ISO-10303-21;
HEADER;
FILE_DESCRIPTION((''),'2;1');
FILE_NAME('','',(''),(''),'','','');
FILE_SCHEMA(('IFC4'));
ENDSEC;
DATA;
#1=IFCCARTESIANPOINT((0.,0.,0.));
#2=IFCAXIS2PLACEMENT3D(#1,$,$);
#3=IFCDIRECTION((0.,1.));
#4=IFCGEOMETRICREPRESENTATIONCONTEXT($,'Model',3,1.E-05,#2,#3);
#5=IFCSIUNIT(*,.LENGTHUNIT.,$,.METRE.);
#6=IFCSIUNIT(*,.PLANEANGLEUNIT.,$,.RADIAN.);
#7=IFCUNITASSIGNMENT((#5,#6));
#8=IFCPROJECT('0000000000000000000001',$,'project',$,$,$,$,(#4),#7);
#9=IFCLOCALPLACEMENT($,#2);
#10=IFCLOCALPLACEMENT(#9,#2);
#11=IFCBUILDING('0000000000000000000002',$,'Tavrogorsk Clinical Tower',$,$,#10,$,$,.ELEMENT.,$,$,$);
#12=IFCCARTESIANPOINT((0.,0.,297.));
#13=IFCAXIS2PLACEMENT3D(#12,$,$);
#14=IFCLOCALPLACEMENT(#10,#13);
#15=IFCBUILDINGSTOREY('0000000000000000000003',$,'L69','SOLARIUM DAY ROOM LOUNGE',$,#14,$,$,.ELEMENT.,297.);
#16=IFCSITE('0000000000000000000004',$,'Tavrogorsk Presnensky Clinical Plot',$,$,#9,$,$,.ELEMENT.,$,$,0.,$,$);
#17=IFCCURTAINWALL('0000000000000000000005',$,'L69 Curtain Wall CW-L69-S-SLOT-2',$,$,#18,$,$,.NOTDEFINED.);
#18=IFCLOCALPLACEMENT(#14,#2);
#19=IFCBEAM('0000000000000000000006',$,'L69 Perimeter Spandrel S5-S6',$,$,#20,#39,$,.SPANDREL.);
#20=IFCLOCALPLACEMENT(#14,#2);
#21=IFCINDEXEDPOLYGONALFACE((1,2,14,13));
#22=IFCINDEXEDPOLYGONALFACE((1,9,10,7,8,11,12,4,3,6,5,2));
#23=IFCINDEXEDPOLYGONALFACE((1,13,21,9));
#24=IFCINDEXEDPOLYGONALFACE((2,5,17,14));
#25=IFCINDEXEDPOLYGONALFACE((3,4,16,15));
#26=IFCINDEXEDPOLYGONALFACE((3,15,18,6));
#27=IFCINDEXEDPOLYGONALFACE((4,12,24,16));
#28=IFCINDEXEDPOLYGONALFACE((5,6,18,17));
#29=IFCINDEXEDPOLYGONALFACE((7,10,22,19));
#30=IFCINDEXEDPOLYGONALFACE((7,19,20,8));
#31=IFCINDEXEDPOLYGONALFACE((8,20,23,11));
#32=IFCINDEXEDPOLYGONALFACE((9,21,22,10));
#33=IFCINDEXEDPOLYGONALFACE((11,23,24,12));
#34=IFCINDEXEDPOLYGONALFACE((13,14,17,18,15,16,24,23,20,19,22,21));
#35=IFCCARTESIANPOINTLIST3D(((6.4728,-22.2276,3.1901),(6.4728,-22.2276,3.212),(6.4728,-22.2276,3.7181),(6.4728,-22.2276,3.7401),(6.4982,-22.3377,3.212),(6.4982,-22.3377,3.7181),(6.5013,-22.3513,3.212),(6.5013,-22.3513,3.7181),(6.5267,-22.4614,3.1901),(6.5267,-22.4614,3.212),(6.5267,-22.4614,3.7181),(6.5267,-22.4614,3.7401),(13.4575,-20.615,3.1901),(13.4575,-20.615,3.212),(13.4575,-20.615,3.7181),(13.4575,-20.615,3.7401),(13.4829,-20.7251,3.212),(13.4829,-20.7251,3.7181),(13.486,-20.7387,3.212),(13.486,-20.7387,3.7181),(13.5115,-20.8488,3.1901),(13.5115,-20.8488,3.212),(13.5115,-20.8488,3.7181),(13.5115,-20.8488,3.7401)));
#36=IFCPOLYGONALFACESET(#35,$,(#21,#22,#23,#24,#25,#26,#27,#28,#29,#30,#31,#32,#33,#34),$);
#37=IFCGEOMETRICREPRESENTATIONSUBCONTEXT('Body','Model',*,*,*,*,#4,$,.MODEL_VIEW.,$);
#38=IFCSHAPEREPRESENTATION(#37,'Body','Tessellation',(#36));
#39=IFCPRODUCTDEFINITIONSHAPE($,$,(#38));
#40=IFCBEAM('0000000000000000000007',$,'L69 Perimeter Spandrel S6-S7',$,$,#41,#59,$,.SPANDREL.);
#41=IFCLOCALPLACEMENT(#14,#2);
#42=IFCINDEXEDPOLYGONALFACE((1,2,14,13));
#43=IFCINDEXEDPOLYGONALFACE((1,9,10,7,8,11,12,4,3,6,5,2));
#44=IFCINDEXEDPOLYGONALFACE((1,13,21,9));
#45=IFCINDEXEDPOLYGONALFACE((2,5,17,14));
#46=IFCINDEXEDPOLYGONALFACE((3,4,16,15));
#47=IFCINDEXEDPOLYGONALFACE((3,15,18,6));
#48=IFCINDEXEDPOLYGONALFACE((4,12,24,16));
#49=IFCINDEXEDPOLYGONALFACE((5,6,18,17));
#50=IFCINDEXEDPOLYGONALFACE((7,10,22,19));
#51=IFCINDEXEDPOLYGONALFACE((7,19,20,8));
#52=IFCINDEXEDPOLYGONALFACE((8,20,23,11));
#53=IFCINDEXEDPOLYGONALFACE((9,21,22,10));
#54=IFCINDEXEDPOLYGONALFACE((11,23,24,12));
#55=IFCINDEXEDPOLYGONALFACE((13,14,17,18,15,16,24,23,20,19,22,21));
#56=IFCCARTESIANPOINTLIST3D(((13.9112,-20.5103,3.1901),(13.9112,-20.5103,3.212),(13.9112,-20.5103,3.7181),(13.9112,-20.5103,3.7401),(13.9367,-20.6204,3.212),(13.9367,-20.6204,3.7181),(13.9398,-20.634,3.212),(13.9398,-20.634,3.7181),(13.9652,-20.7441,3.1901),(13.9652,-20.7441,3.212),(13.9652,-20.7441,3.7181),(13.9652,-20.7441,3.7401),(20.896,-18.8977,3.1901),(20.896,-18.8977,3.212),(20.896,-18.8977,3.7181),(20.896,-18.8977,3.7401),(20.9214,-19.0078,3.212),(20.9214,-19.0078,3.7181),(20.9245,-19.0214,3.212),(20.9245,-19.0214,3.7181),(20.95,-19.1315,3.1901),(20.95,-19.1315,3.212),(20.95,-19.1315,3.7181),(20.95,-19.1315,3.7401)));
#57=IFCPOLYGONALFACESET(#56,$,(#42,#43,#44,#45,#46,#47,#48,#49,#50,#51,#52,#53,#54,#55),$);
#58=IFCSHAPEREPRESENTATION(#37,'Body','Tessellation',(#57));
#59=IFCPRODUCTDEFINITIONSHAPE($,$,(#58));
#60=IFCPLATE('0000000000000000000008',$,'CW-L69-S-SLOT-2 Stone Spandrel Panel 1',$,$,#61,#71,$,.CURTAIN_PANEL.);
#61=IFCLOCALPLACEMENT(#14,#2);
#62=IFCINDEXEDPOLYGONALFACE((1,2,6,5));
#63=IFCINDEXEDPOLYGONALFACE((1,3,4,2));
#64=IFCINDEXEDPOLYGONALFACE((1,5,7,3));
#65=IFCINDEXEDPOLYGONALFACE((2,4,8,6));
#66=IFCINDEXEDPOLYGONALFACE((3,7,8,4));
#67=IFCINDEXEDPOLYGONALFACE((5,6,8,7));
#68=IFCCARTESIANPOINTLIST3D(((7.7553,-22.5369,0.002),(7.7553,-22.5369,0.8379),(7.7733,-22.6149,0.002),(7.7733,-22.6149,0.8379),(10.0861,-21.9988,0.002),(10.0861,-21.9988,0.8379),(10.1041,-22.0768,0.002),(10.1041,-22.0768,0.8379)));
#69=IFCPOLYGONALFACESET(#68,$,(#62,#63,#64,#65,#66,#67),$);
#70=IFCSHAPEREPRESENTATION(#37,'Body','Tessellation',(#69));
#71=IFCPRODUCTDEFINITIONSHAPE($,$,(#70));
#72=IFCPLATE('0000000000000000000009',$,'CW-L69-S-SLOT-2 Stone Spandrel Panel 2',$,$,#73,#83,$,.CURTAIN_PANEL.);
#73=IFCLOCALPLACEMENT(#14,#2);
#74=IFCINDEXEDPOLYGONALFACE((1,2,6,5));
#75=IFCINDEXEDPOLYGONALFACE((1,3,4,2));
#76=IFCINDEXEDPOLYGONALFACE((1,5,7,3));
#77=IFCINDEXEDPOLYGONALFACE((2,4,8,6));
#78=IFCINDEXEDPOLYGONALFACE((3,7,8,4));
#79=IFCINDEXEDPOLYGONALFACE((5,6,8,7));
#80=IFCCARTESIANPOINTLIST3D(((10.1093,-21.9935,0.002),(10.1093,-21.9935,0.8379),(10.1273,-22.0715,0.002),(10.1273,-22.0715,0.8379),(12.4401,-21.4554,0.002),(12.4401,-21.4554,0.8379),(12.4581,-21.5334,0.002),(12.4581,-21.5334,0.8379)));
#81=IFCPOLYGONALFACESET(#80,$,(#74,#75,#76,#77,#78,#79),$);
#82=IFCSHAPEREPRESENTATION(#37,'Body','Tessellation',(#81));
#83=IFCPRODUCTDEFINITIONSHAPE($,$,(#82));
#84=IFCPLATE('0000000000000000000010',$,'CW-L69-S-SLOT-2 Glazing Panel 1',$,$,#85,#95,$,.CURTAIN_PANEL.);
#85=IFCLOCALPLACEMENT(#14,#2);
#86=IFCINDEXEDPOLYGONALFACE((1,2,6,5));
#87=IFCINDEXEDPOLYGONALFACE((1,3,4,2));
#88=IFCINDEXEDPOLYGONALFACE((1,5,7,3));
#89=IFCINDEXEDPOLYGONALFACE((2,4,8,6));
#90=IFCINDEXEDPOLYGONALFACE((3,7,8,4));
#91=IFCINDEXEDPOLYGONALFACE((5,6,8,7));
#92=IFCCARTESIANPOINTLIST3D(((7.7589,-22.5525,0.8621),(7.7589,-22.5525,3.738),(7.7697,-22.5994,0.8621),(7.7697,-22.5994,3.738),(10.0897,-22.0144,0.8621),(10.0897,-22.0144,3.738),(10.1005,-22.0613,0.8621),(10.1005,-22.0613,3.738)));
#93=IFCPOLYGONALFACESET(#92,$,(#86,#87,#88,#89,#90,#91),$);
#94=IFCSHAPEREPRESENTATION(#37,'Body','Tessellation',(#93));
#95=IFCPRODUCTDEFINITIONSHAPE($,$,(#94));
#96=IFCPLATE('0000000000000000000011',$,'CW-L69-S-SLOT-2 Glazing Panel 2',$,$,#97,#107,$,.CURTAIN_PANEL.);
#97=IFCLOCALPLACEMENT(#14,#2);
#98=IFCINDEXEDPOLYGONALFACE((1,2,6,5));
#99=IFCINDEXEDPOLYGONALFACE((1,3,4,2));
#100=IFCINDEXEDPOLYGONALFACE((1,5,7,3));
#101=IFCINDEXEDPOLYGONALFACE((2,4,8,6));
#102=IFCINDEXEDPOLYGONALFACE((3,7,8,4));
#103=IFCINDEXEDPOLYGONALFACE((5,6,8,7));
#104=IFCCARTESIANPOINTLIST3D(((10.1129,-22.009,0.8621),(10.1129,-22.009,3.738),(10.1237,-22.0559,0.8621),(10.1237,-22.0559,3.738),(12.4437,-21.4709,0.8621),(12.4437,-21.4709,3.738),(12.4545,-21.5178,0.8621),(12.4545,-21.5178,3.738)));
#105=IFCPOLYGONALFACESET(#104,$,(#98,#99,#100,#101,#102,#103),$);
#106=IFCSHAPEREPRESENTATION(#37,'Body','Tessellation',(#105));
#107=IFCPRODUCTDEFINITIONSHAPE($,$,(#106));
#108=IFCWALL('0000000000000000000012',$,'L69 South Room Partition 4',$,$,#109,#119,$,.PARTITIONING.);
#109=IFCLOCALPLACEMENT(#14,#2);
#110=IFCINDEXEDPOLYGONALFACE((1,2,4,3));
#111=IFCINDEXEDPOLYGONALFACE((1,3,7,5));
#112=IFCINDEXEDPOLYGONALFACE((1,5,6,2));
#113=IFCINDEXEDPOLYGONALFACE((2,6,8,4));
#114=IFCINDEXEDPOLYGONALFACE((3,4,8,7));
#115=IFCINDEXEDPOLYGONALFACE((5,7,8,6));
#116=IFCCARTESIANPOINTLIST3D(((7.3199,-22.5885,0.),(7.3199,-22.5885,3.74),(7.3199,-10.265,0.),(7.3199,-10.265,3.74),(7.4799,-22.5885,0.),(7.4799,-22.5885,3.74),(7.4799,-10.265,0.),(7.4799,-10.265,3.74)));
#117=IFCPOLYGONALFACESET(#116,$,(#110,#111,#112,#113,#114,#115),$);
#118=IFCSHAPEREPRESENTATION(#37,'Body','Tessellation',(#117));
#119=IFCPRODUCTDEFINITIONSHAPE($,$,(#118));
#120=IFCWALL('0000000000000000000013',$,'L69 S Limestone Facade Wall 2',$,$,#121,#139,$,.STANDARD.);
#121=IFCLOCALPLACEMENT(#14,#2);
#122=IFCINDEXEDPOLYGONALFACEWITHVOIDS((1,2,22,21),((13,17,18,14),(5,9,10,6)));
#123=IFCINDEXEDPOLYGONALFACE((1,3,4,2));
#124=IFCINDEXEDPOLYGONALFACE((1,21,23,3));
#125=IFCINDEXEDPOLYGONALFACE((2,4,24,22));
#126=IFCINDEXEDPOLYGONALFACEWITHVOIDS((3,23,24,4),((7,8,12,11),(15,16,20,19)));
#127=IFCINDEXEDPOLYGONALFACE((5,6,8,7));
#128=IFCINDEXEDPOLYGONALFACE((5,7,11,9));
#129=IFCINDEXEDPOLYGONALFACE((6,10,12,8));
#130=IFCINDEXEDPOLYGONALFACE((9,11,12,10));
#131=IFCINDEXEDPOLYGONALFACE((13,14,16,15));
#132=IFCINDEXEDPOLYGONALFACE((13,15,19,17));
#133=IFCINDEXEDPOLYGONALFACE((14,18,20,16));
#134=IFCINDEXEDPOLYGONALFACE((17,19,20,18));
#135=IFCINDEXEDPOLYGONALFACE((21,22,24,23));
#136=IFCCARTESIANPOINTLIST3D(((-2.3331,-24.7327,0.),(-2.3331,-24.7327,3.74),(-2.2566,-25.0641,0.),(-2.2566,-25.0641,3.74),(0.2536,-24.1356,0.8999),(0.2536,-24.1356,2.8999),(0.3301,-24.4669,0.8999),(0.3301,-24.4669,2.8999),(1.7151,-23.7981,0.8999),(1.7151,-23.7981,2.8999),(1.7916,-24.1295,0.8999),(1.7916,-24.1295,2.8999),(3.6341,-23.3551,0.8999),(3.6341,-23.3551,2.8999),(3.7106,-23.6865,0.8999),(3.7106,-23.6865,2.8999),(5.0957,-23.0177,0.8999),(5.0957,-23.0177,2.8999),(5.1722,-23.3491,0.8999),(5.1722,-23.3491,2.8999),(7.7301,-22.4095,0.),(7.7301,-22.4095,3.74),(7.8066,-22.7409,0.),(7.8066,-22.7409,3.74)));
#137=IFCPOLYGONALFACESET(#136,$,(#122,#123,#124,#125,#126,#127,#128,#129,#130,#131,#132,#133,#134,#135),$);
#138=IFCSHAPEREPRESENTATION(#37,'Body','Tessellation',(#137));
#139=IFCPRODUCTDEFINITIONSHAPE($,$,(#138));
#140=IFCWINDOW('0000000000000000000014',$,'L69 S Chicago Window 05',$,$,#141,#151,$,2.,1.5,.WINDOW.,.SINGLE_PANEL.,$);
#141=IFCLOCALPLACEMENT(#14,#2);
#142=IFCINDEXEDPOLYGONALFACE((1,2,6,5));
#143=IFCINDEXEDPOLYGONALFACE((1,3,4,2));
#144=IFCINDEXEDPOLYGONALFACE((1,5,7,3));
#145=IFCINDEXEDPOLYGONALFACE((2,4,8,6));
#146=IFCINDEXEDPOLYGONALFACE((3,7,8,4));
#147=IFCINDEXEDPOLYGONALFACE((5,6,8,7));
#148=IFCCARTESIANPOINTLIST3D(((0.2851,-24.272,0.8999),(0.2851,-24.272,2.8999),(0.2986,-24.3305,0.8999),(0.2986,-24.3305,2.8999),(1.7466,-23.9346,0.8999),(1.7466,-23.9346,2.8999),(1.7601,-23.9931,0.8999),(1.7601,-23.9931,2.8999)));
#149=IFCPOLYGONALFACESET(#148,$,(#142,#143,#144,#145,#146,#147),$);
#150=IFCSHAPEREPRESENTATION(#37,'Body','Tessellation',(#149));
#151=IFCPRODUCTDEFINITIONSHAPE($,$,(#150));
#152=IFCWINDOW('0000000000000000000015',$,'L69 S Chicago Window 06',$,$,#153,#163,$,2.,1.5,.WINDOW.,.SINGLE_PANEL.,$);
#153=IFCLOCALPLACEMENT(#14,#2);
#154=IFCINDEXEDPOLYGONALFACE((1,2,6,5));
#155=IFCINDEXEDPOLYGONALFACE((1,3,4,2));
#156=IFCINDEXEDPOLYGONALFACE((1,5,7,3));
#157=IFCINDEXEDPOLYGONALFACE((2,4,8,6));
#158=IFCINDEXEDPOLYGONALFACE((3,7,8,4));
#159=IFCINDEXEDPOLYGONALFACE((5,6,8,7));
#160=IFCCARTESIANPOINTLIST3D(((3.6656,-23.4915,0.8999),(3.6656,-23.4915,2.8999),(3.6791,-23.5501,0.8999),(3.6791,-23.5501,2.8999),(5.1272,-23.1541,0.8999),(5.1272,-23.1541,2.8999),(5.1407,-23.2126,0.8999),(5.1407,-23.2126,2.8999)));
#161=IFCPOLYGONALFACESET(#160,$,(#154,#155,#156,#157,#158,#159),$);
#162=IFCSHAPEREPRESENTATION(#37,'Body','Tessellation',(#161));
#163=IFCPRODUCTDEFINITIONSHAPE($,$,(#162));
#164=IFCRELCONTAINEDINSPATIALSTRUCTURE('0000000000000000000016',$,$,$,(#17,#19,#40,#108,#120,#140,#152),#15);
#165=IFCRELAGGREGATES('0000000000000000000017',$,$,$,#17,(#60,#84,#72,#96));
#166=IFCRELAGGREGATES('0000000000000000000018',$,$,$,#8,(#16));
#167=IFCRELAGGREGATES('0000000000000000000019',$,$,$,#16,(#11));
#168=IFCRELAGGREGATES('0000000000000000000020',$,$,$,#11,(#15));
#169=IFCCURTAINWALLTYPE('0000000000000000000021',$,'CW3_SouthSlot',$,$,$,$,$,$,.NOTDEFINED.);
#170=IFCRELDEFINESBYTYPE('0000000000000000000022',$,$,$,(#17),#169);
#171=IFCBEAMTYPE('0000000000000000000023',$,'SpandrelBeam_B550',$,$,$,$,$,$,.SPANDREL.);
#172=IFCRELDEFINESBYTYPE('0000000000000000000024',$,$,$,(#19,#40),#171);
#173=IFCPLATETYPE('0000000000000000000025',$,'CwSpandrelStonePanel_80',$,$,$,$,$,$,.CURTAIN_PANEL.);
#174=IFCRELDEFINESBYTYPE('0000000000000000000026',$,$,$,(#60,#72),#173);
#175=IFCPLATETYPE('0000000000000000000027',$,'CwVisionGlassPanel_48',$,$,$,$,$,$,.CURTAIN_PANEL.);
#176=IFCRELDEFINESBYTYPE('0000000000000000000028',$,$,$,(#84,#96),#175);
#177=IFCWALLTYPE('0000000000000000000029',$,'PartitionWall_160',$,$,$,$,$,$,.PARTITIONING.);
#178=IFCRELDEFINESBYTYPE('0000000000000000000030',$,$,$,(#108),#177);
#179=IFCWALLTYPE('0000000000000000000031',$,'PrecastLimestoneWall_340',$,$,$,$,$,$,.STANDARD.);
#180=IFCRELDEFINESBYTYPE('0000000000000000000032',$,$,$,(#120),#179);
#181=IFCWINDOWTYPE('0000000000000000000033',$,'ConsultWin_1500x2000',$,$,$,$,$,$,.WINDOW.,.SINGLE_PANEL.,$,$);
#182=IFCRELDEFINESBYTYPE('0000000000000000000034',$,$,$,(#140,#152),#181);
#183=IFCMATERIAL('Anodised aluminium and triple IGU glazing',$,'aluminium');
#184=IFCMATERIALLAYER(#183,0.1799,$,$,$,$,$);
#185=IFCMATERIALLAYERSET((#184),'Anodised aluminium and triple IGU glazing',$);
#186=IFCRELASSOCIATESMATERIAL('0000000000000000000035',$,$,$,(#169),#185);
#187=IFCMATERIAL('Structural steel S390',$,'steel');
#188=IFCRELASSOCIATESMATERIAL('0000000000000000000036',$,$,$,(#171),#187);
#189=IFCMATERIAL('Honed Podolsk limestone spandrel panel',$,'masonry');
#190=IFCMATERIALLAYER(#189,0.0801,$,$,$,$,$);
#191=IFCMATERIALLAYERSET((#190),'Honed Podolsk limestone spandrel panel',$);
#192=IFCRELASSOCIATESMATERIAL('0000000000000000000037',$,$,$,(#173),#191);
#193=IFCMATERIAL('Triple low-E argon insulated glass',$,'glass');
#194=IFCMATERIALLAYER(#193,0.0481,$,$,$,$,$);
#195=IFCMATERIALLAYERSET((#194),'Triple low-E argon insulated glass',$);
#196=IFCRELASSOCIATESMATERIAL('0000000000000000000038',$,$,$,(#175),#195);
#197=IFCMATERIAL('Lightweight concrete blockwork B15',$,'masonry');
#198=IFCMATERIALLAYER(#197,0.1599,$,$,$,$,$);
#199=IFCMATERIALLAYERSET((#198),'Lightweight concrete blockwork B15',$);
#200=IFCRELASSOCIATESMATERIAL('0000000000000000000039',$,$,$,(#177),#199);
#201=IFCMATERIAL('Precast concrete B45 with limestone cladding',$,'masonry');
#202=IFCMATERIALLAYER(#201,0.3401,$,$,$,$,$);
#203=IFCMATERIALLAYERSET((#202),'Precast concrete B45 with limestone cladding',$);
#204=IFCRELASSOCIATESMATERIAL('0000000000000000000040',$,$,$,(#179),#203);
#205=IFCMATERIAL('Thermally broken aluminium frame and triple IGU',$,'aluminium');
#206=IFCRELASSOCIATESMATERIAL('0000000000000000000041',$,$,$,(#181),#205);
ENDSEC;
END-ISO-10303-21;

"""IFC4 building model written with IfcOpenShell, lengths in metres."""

from ifc_helpers import new_model, si_unit, direction, frame, frame_2d, origin, origin_2d, place, context, subcontext, project, spatial, rectangle, i_section, extrude, material, layer, layer_set, material_profile, profile_set, type_object, element, fill, aggregate, save


model = new_model("IFC4")

# Units and contexts
model_context = context("Model", 3, precision=1e-05, world=origin(), true_north=direction((0.0, 1.0)))
body_context = subcontext(model_context, "Body", "Model", "MODEL_VIEW")
ifc_project = project(units=[si_unit("LENGTHUNIT", "METRE"), si_unit("PLANEANGLEUNIT", "RADIAN")], contexts=[model_context])

# Site, building, storey
site_placement = place(None, origin())
site = spatial("IfcSite", under=ifc_project, at=site_placement, Name="Tavrogorsk Presnensky Clinical Plot", CompositionType="ELEMENT", RefElevation=0.0)
building_placement = place(site_placement, origin())
building = spatial("IfcBuilding", under=site, at=building_placement, Name="Tavrogorsk Clinical Tower", CompositionType="ELEMENT")
storey_placement = place(building_placement, frame((0.0, 0.0, 297.0)))
storey = spatial("IfcBuildingStorey", under=building, at=storey_placement, Name="L69", Description="SOLARIUM DAY ROOM LOUNGE", CompositionType="ELEMENT", Elevation=297.0)

# Curtain wall
ifc_material_1 = material(Name="Anodised aluminium and triple IGU glazing", Category="aluminium")
ifc_layer_1 = layer(ifc_material_1, 0.1799)
ifc_layer_set_1 = layer_set([ifc_layer_1], Name="Anodised aluminium and triple IGU glazing")
curtain_wall_type = type_object("IfcCurtainWallType", Name="CW3_SouthSlot", PredefinedType="NOTDEFINED", material=ifc_layer_set_1)
curtain_wall_placement = place(storey_placement, origin())
curtain_wall = element("IfcCurtainWall", 1, at=curtain_wall_placement, inside=storey, type_object=curtain_wall_type, Name="L69 Curtain Wall CW-L69-S-SLOT-2", PredefinedType="NOTDEFINED")

# Beams
ifc_material_2 = material(Name="Structural steel S390", Category="steel")
ifc_material_profile_1 = material_profile(ifc_material_2, i_section(OverallWidth=0.24, OverallDepth=0.55, WebThickness=0.0139, FlangeThickness=0.022, at=origin_2d()), Name="B-550x240x14x22")
ifc_profile_set_1 = profile_set([ifc_material_profile_1], Name="Structural steel S390")
beam_type = type_object("IfcBeamType", Name="SpandrelBeam_B550", PredefinedType="SPANDREL", material=ifc_profile_set_1)
for number, where, z_axis, x_axis, name in (
    (2, (6.4998, -22.3445, 3.4651), (0.974369, 0.224954, 0.0), (-0.224954, 0.974369, 0.0), "L69 Perimeter Spandrel S5-S6"),
    (3, (13.9382, -20.6272, 3.4651), (0.974369, 0.224954, 0.0), (-0.224954, 0.974369, 0.0), "L69 Perimeter Spandrel S6-S7"),
):
    element("IfcBeam", number, at=place(storey_placement, frame(where, z_axis=z_axis, x_axis=x_axis)), inside=storey, type_object=beam_type, Name=name, PredefinedType="SPANDREL", context=body_context, shape_type="SweptSolid", body=[
        extrude(i_section(OverallWidth=0.24, OverallDepth=0.55, WebThickness=0.0139, FlangeThickness=0.022, at=origin_2d()), origin(), (0.0, 0.0, 1.0), 7.1685),
    ])

# Plates
ifc_material_3 = material(Name="Honed Podolsk limestone spandrel panel", Category="masonry")
ifc_layer_2 = layer(ifc_material_3, 0.0801)
ifc_layer_set_2 = layer_set([ifc_layer_2], Name="Honed Podolsk limestone spandrel panel")
plate_type_1 = type_object("IfcPlateType", Name="CwSpandrelStonePanel_80", PredefinedType="CURTAIN_PANEL", material=ifc_layer_set_2)
plate_1_placement = place(storey_placement, frame((8.9297, -22.3069, 0.002), z_axis=(0.0, 0.0, 1.0), x_axis=(0.97437, 0.224951, 0.0)))
plate_1 = element("IfcPlate", 4, at=plate_1_placement, type_object=plate_type_1, Name="CW-L69-S-SLOT-2 Stone Spandrel Panel 1", PredefinedType="CURTAIN_PANEL", context=body_context, shape_type="SweptSolid", body=[
    extrude(rectangle(XDim=2.3921, YDim=0.0801, at=origin_2d()), origin(), (0.0, 0.0, 1.0), 0.8359),
])
plate_2_placement = place(storey_placement, frame((11.2837, -21.7634, 0.002), z_axis=(0.0, 0.0, 1.0), x_axis=(0.97437, 0.224951, 0.0)))
plate_2 = element("IfcPlate", 5, at=plate_2_placement, type_object=plate_type_1, Name="CW-L69-S-SLOT-2 Stone Spandrel Panel 2", PredefinedType="CURTAIN_PANEL", context=body_context, shape_type="SweptSolid", body=[
    extrude(rectangle(XDim=2.3921, YDim=0.0801, at=origin_2d()), origin(), (0.0, 0.0, 1.0), 0.8359),
])
ifc_material_4 = material(Name="Triple low-E argon insulated glass", Category="glass")
ifc_layer_3 = layer(ifc_material_4, 0.0481)
ifc_layer_set_3 = layer_set([ifc_layer_3], Name="Triple low-E argon insulated glass")
plate_type_2 = type_object("IfcPlateType", Name="CwVisionGlassPanel_48", PredefinedType="CURTAIN_PANEL", material=ifc_layer_set_3)
plate_3_placement = place(storey_placement, frame((8.9297, -22.3069, 0.8621), z_axis=(0.0, 0.0, 1.0), x_axis=(0.97437, 0.224951, 0.0)))
plate_3 = element("IfcPlate", 6, at=plate_3_placement, type_object=plate_type_2, Name="CW-L69-S-SLOT-2 Glazing Panel 1", PredefinedType="CURTAIN_PANEL", context=body_context, shape_type="SweptSolid", body=[
    extrude(rectangle(XDim=2.3921, YDim=0.0481, at=origin_2d()), origin(), (0.0, 0.0, 1.0), 2.876),
])
plate_4_placement = place(storey_placement, frame((11.2837, -21.7634, 0.8621), z_axis=(0.0, 0.0, 1.0), x_axis=(0.97437, 0.224951, 0.0)))
plate_4 = element("IfcPlate", 7, at=plate_4_placement, type_object=plate_type_2, Name="CW-L69-S-SLOT-2 Glazing Panel 2", PredefinedType="CURTAIN_PANEL", context=body_context, shape_type="SweptSolid", body=[
    extrude(rectangle(XDim=2.3921, YDim=0.0481, at=origin_2d()), origin(), (0.0, 0.0, 1.0), 2.876),
])
aggregate(curtain_wall, [plate_1, plate_3, plate_2, plate_4])

# Wall
ifc_material_5 = material(Name="Lightweight concrete blockwork B15", Category="masonry")
ifc_layer_4 = layer(ifc_material_5, 0.1599)
ifc_layer_set_4 = layer_set([ifc_layer_4], Name="Lightweight concrete blockwork B15")
wall_type_1 = type_object("IfcWallType", Name="PartitionWall_160", PredefinedType="PARTITIONING", material=ifc_layer_set_4)
wall_1_placement = place(storey_placement, frame((7.3999, -22.5884, 0.0), z_axis=(0.0, 0.0, 1.0), x_axis=(0.0, 1.0, 0.0)))
element("IfcWall", 8, at=wall_1_placement, inside=storey, type_object=wall_type_1, Name="L69 South Room Partition 4", PredefinedType="PARTITIONING", context=body_context, shape_type="SweptSolid", body=[
    extrude(rectangle(XDim=12.3235, YDim=0.1599, at=frame_2d((6.1616, 0.0))), origin(), (0.0, 0.0, 1.0), 3.74),
])

# Wall, openings, windows
ifc_material_6 = material(Name="Precast concrete B45 with limestone cladding", Category="masonry")
ifc_layer_5 = layer(ifc_material_6, 0.3401)
ifc_layer_set_5 = layer_set([ifc_layer_5], Name="Precast concrete B45 with limestone cladding")
wall_type_2 = type_object("IfcWallType", Name="PrecastLimestoneWall_340", PredefinedType="STANDARD", material=ifc_layer_set_5)
wall_2_placement = place(storey_placement, frame((-2.2949, -24.8984, 0.0), z_axis=(0.0, 0.0, 1.0), x_axis=(0.974371, 0.224948, 0.0)))
wall_2 = element("IfcWall", 9, at=wall_2_placement, inside=storey, type_object=wall_type_2, Name="L69 S Limestone Facade Wall 2", PredefinedType="STANDARD", context=body_context, shape_type="SweptSolid", body=[
    extrude(rectangle(XDim=10.3279, YDim=0.3401, at=frame_2d((5.1641, 0.0))), origin(), (0.0, 0.0, 1.0), 3.74),
])
opening_1_placement = place(wall_2_placement, frame((2.6548, 0.0, 0.8999)))
opening_1 = element("IfcOpeningElement", 10, at=opening_1_placement, cuts=wall_2, PredefinedType="OPENING", context=body_context, shape_type="SweptSolid", body=[
    extrude(rectangle(XDim=1.5, YDim=2.0, at=frame_2d((0.75, 1.0))), frame((0.0, 0.1799, 0.0), z_axis=(0.0, -1.0, 0.0), x_axis=(1.0, 0.0, 0.0)), (0.0, 0.0, 1.0), 0.3601),
])
opening_2_placement = place(wall_2_placement, frame((6.1243, 0.0, 0.8999)))
opening_2 = element("IfcOpeningElement", 11, at=opening_2_placement, cuts=wall_2, PredefinedType="OPENING", context=body_context, shape_type="SweptSolid", body=[
    extrude(rectangle(XDim=1.5, YDim=2.0, at=frame_2d((0.75, 1.0))), frame((0.0, 0.1799, 0.0), z_axis=(0.0, -1.0, 0.0), x_axis=(1.0, 0.0, 0.0)), (0.0, 0.0, 1.0), 0.3601),
])
ifc_material_7 = material(Name="Thermally broken aluminium frame and triple IGU", Category="aluminium")
window_type_1 = type_object("IfcWindowType", Name="ConsultWin_1500x2000", PartitioningType="SINGLE_PANEL", PredefinedType="WINDOW", material=ifc_material_7)
window_1_placement = place(opening_1_placement, origin())
window_1 = element("IfcWindow", 12, at=window_1_placement, inside=storey, type_object=window_type_1, Name="L69 S Chicago Window 05", OverallHeight=2.0, OverallWidth=1.5, PartitioningType="SINGLE_PANEL", PredefinedType="WINDOW", context=body_context, shape_type="SweptSolid", body=[
    extrude(rectangle(XDim=1.5, YDim=2.0, at=frame_2d((0.75, 1.0))), frame((0.0, 0.03, 0.0), z_axis=(0.0, -1.0, 0.0), x_axis=(1.0, 0.0, 0.0)), (0.0, 0.0, 1.0), 0.0601),
])
fill(opening_1, window_1)
window_2_placement = place(opening_2_placement, origin())
window_2 = element("IfcWindow", 13, at=window_2_placement, inside=storey, type_object=window_type_1, Name="L69 S Chicago Window 06", OverallHeight=2.0, OverallWidth=1.5, PartitioningType="SINGLE_PANEL", PredefinedType="WINDOW", context=body_context, shape_type="SweptSolid", body=[
    extrude(rectangle(XDim=1.5, YDim=2.0, at=frame_2d((0.75, 1.0))), frame((0.0, 0.03, 0.0), z_axis=(0.0, -1.0, 0.0), x_axis=(1.0, 0.0, 0.0)), (0.0, 0.0, 1.0), 0.0601),
])
fill(opening_2, window_2)

save(model, "model.ifc")
